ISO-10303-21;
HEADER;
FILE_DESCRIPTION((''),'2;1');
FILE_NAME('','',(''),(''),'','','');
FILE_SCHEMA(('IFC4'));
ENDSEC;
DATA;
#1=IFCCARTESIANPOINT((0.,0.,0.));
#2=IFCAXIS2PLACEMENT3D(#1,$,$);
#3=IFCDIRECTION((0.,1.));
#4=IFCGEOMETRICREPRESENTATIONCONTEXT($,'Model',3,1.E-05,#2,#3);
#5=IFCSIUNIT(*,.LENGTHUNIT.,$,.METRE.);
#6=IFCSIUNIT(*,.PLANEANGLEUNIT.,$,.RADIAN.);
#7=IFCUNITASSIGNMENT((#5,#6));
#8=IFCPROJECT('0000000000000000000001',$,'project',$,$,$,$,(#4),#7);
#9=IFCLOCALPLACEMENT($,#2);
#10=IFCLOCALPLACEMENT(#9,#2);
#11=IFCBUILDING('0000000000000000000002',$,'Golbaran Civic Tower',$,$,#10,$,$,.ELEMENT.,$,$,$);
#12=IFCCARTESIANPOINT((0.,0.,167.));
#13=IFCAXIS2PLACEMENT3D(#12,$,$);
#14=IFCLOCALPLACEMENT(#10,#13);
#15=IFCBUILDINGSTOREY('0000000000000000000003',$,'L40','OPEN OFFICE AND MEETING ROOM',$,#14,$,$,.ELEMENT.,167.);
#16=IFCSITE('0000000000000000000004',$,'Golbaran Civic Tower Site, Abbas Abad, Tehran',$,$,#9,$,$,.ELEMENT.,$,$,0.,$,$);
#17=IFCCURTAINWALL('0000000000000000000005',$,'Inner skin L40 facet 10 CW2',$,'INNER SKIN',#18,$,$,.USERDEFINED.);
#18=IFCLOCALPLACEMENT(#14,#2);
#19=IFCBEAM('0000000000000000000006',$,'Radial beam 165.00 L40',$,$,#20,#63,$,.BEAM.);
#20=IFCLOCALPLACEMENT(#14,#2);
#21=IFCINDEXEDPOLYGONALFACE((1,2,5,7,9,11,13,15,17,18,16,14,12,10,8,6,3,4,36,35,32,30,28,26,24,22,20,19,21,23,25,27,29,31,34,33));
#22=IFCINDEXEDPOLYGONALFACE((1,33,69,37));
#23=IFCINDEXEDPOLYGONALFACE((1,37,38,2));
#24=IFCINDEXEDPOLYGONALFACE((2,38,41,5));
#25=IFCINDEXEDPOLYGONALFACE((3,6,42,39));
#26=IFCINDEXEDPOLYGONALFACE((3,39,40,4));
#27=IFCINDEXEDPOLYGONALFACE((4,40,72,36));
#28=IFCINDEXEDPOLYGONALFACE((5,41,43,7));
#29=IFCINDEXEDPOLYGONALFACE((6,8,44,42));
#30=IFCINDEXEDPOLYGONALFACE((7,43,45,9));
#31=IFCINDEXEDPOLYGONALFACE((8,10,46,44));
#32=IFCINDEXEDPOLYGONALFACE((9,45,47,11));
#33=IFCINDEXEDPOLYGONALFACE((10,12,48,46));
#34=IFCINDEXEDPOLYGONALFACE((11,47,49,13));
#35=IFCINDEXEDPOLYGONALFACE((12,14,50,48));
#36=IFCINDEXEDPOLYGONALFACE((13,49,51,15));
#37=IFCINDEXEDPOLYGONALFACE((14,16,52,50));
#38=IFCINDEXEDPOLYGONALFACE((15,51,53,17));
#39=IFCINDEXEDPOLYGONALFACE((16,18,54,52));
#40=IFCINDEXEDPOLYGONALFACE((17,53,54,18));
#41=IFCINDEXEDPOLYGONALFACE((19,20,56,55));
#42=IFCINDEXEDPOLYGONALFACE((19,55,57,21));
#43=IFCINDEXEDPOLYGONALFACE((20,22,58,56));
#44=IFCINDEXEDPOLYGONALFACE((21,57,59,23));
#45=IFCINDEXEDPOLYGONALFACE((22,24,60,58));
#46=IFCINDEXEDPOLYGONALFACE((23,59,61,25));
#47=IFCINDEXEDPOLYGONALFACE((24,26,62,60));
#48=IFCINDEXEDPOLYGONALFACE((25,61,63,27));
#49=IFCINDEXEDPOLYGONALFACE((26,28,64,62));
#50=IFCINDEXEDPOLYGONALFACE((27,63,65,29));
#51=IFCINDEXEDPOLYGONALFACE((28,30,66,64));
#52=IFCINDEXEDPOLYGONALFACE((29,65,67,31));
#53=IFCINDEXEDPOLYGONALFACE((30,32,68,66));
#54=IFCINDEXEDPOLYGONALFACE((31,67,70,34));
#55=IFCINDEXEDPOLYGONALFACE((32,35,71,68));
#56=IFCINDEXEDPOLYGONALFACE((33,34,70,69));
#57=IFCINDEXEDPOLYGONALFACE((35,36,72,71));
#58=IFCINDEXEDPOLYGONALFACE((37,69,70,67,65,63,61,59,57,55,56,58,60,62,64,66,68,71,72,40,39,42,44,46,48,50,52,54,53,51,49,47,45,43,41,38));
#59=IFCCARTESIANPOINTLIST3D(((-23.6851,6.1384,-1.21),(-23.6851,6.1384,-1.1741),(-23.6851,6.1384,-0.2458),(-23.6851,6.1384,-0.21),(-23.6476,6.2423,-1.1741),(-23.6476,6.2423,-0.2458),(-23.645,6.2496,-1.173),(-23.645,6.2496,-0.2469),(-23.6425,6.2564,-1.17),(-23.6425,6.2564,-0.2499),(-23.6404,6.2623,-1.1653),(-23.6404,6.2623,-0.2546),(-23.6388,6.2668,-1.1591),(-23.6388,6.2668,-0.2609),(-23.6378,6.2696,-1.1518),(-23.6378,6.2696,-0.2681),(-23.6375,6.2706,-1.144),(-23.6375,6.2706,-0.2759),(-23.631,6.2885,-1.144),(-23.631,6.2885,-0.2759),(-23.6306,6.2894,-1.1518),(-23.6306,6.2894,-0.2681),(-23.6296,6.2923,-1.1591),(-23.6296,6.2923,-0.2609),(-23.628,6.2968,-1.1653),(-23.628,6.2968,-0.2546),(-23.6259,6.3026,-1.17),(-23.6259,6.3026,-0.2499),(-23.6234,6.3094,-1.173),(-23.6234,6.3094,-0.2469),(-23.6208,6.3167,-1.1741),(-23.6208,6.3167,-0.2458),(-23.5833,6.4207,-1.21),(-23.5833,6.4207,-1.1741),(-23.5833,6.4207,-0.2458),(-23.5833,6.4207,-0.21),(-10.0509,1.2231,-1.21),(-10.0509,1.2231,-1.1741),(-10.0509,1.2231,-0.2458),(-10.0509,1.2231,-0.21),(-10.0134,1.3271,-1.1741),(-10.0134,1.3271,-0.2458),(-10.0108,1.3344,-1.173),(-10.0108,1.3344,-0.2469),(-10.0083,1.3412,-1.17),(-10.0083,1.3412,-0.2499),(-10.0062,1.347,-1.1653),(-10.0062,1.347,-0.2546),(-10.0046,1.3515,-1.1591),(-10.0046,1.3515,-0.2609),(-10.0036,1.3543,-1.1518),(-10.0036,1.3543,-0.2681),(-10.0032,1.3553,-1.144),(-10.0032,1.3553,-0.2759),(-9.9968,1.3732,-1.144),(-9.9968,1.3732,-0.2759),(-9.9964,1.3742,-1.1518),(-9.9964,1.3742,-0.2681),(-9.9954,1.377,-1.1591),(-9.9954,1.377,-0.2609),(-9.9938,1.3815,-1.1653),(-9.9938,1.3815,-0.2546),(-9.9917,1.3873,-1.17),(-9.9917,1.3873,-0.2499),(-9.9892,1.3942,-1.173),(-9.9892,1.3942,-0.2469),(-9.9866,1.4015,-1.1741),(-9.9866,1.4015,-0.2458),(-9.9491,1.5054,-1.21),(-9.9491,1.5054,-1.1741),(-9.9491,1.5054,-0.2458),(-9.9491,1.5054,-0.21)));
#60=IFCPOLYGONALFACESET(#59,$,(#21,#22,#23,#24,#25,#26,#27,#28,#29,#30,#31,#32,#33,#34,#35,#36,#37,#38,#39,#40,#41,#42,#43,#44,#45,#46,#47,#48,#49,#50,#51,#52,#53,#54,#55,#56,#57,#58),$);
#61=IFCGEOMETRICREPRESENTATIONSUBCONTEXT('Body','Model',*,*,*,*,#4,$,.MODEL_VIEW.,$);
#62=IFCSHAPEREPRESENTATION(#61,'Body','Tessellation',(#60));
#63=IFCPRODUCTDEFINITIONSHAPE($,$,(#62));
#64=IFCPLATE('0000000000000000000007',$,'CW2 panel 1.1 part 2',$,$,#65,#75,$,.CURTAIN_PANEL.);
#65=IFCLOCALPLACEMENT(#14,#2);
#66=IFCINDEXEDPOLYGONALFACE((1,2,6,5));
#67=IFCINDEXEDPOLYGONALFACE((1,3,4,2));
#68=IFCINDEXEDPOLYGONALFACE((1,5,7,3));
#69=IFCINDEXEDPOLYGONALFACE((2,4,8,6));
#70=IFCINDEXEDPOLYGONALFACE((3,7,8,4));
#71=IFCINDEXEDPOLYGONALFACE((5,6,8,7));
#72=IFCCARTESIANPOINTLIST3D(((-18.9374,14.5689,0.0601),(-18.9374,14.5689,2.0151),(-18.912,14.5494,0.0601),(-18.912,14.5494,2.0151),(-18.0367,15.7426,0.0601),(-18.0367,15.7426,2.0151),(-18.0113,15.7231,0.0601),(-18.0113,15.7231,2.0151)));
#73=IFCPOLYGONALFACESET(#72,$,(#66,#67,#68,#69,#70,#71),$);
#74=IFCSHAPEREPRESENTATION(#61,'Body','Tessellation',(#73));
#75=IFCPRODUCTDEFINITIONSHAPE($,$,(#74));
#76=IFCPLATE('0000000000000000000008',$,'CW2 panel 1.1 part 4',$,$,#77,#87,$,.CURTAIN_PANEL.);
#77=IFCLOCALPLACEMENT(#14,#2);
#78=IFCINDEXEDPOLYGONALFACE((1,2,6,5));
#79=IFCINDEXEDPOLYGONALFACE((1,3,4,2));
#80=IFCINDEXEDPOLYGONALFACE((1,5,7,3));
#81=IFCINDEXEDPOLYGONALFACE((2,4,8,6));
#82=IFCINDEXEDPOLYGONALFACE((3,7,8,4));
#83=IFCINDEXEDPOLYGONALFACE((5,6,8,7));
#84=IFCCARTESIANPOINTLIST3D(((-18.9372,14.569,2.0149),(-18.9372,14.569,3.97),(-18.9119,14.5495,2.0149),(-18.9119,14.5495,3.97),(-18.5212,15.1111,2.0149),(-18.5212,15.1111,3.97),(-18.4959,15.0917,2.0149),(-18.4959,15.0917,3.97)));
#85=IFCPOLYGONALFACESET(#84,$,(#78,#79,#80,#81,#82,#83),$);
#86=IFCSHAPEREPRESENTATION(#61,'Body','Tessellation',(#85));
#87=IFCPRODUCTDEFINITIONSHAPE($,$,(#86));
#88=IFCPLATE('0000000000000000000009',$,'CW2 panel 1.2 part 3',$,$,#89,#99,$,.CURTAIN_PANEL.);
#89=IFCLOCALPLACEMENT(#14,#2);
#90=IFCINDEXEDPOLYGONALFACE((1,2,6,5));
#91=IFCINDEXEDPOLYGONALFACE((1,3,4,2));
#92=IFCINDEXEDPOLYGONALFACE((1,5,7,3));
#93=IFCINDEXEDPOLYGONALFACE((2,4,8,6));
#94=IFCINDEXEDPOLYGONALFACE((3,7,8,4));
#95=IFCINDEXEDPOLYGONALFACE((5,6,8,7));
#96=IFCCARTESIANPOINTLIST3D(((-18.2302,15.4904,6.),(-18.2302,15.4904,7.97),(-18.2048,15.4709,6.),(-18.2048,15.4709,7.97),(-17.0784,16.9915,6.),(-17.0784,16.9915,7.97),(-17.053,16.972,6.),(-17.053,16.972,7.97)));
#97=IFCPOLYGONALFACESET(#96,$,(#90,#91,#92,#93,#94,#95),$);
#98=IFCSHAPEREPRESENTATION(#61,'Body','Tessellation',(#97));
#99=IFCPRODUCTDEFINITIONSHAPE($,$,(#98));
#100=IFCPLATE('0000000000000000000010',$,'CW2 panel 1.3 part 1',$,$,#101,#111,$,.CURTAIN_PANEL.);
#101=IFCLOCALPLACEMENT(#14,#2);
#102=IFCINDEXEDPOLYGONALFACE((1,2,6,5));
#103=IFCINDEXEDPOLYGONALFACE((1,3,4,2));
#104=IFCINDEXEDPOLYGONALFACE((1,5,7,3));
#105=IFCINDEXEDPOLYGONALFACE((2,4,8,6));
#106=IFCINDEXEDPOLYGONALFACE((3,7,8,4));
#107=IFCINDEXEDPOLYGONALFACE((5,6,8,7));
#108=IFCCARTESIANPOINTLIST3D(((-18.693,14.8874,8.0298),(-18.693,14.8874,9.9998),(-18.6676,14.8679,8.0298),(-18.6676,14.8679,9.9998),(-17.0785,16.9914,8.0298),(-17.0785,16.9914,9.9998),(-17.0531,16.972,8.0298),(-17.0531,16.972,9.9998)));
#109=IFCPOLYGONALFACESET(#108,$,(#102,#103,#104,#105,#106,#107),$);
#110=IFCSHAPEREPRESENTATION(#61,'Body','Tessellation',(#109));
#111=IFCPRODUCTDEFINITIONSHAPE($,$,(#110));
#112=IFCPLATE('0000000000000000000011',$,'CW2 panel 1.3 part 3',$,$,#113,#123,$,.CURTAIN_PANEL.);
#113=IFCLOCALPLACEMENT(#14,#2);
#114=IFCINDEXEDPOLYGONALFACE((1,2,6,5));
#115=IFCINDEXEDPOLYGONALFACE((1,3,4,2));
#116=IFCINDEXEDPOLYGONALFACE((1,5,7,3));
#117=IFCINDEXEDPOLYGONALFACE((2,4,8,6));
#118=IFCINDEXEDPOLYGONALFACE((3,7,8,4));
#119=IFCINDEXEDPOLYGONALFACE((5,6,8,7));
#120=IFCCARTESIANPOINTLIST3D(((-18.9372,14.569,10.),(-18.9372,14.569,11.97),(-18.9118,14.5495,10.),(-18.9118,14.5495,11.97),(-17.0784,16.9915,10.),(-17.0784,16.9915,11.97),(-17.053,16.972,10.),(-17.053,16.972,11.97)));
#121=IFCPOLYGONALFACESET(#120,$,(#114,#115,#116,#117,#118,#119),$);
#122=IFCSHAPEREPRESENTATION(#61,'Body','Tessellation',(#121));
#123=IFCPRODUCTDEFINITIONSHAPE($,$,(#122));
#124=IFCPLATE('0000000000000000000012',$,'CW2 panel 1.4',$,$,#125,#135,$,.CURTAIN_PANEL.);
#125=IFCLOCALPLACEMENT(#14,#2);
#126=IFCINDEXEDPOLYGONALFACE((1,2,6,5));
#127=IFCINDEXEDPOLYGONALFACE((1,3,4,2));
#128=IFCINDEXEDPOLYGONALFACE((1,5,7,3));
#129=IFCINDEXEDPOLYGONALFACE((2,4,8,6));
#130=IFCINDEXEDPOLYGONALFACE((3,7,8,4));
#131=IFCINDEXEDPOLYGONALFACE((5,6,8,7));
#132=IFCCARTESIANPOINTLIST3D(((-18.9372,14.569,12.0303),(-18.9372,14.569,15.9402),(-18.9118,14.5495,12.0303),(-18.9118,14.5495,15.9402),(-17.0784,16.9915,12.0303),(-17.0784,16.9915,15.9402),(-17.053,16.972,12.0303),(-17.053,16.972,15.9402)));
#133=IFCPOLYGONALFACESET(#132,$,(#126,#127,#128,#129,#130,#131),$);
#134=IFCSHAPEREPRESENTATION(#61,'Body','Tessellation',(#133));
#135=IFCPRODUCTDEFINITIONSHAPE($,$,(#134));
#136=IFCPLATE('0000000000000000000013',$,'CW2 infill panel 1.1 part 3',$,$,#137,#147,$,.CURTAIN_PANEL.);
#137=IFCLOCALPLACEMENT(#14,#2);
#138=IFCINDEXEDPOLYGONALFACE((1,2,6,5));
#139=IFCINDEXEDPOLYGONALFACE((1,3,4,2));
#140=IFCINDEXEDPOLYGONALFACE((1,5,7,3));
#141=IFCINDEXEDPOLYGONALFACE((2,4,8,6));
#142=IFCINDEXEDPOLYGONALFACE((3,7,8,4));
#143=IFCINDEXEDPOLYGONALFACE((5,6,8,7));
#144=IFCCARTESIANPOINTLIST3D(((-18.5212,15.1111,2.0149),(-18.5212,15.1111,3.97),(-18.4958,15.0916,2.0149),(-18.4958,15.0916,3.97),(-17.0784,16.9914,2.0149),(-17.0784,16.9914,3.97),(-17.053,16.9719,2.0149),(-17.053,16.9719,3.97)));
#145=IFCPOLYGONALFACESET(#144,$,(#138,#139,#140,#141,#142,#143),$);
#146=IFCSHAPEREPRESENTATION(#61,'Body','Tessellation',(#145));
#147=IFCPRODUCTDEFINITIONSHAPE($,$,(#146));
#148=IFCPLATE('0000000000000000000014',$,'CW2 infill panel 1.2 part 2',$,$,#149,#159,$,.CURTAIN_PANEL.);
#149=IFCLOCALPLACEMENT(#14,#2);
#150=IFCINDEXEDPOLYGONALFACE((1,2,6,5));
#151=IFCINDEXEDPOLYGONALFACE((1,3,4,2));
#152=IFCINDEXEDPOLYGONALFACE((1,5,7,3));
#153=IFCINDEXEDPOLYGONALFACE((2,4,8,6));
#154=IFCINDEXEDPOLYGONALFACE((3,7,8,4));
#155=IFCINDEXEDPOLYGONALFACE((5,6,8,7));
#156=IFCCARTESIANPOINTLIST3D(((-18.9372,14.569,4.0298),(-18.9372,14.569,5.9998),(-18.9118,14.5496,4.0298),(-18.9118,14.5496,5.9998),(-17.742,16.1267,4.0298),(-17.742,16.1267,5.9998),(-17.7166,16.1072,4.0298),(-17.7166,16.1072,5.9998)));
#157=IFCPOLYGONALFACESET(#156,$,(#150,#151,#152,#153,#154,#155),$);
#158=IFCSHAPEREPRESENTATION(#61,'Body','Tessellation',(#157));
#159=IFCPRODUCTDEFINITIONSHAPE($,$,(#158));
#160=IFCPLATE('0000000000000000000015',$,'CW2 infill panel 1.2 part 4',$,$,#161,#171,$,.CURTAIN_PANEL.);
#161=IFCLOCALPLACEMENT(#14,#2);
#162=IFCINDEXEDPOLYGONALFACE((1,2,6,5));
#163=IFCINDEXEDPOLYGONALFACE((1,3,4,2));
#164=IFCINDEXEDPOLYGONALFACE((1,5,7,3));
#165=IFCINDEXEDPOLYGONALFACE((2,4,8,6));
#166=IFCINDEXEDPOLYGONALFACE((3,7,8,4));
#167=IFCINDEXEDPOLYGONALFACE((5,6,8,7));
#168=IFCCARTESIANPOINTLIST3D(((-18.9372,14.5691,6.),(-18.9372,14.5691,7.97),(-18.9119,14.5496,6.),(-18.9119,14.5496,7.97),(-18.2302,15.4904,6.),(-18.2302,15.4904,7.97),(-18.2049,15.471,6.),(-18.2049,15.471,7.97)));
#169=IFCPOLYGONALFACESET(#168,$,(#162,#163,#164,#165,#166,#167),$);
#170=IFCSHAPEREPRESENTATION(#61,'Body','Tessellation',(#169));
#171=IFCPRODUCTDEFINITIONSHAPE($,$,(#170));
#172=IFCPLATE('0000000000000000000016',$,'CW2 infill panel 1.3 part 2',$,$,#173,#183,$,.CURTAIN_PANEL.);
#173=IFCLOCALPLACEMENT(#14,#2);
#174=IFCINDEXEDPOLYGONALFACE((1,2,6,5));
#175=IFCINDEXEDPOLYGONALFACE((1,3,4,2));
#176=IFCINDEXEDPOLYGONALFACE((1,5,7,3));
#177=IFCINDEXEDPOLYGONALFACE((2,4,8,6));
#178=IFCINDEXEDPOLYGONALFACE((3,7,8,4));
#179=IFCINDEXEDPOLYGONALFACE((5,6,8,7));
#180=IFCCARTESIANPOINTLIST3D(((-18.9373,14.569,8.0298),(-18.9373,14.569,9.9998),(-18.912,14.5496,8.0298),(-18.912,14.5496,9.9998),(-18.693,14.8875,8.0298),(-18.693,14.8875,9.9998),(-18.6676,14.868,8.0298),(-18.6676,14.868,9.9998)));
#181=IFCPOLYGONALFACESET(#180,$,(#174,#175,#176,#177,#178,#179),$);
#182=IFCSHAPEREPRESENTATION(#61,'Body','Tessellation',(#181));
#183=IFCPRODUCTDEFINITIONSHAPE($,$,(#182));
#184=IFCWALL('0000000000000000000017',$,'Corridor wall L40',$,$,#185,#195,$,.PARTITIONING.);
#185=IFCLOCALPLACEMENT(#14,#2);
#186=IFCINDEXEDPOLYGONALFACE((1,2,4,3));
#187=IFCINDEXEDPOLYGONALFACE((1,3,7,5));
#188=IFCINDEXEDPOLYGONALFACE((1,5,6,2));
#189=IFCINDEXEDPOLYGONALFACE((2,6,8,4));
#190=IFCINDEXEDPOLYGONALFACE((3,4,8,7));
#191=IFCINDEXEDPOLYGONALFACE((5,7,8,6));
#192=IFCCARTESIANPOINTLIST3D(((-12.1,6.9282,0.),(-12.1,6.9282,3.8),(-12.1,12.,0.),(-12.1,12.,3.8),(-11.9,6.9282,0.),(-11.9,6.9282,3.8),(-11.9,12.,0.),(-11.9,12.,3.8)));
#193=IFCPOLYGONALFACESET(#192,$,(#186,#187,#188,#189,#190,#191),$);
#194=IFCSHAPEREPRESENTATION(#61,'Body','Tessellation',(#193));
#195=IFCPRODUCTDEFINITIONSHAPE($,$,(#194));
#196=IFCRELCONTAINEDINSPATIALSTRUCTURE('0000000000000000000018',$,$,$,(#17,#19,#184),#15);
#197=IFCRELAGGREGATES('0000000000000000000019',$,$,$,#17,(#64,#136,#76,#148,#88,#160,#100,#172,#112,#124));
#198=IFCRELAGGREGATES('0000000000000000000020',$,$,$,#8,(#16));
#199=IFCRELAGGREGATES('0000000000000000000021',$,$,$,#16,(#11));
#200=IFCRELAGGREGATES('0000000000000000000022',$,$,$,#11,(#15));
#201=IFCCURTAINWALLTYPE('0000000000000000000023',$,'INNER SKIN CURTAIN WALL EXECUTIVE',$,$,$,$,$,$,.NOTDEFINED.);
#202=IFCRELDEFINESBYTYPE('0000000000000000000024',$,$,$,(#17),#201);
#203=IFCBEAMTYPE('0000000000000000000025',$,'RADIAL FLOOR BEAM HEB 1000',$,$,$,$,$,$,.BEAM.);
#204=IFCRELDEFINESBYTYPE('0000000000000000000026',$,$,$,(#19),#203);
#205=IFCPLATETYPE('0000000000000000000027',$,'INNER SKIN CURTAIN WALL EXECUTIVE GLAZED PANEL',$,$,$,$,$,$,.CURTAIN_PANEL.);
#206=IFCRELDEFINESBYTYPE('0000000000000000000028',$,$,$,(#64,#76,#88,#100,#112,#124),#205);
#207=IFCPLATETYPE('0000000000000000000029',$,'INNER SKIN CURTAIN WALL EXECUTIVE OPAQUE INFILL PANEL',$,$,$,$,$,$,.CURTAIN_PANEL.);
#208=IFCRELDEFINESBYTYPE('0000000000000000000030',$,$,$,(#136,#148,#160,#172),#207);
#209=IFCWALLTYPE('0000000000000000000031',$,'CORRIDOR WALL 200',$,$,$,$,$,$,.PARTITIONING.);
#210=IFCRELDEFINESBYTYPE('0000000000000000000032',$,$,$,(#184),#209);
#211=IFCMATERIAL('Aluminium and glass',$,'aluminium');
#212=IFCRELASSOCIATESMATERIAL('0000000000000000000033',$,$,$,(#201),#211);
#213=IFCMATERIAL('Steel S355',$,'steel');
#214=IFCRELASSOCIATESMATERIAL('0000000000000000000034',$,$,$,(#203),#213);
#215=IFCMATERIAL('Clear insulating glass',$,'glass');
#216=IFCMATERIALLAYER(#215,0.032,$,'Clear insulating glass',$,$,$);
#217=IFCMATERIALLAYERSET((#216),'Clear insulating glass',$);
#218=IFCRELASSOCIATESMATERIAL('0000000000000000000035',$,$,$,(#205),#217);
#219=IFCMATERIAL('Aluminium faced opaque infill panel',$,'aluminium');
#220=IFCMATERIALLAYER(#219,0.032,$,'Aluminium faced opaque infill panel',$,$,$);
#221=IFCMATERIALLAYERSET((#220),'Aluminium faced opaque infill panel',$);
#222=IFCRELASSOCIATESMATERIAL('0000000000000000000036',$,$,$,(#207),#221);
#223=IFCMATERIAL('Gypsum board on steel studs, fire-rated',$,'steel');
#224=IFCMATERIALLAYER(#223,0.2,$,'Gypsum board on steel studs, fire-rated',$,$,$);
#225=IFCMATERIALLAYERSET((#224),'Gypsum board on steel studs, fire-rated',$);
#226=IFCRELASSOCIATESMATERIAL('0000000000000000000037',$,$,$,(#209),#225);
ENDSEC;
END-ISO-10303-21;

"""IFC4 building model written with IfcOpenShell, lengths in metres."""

from ifc_helpers import new_model, si_unit, direction, frame, frame_2d, origin, origin_2d, place, context, subcontext, project, spatial, rectangle, i_section, extrude, material, layer, layer_set, material_profile, profile_set, type_object, element, aggregate, save


model = new_model("IFC4")

# Units and contexts
model_context = context("Model", 3, precision=1e-05, world=origin(), true_north=direction((0.0, 1.0)))
body_context = subcontext(model_context, "Body", "Model", "MODEL_VIEW")
ifc_project = project(units=[si_unit("LENGTHUNIT", "METRE"), si_unit("PLANEANGLEUNIT", "RADIAN")], contexts=[model_context])

# Site, building, storey
site_placement = place(None, origin())
site = spatial("IfcSite", under=ifc_project, at=site_placement, Name="Golbaran Civic Tower Site, Abbas Abad, Tehran", CompositionType="ELEMENT", RefElevation=0.0)
building_placement = place(site_placement, origin())
building = spatial("IfcBuilding", under=site, at=building_placement, Name="Golbaran Civic Tower", CompositionType="ELEMENT")
storey_placement = place(building_placement, frame((0.0, 0.0, 167.0)))
storey = spatial("IfcBuildingStorey", under=building, at=storey_placement, Name="L40", Description="OPEN OFFICE AND MEETING ROOM", CompositionType="ELEMENT", Elevation=167.0)

# Shared definitions
ifc_material_1 = material(Name="Steel S355", Category="steel")

# Curtain wall
ifc_material_2 = material(Name="Aluminium and glass", Category="aluminium")
curtain_wall_type = type_object("IfcCurtainWallType", Name="INNER SKIN CURTAIN WALL EXECUTIVE", PredefinedType="NOTDEFINED", material=ifc_material_2)
curtain_wall_placement = place(storey_placement, origin())
curtain_wall = element("IfcCurtainWall", 1, at=curtain_wall_placement, inside=storey, type_object=curtain_wall_type, Name="Inner skin L40 facet 10 CW2", ObjectType="INNER SKIN", PredefinedType="USERDEFINED")

# Beam
ifc_material_profile_1 = material_profile(ifc_material_1, i_section(OverallWidth=0.3, OverallDepth=1.0, WebThickness=0.019, FlangeThickness=0.0359, FilletRadius=0.03, at=origin_2d()), Name="HEB 1000")
ifc_profile_set_1 = profile_set([ifc_material_profile_1], Name="Steel S355")
beam_type_1 = type_object("IfcBeamType", Name="RADIAL FLOOR BEAM HEB 1000", PredefinedType="BEAM", material=ifc_profile_set_1)
beam_1_placement = place(storey_placement, frame((-10.0, 1.3643, -0.71), z_axis=(-0.940735, 0.339144, 0.0), x_axis=(-0.339144, -0.940735, 0.0)))
element("IfcBeam", 2, at=beam_1_placement, inside=storey, type_object=beam_type_1, Name="Radial beam 165.00 L40", PredefinedType="BEAM", context=body_context, shape_type="SweptSolid", body=[
    extrude(i_section(OverallWidth=0.3, OverallDepth=1.0, WebThickness=0.019, FlangeThickness=0.0359, FilletRadius=0.03, at=origin_2d()), origin(), (0.0, 0.0, 1.0), 14.4932),
])

# Plates
ifc_material_3 = material(Name="Clear insulating glass", Category="glass")
ifc_layer_1 = layer(ifc_material_3, 0.032, Name="Clear insulating glass")
ifc_layer_set_1 = layer_set([ifc_layer_1], Name="Clear insulating glass")
plate_type_1 = type_object("IfcPlateType", Name="INNER SKIN CURTAIN WALL EXECUTIVE GLAZED PANEL", PredefinedType="CURTAIN_PANEL", material=ifc_layer_set_1)
plate_1_placement = place(storey_placement, frame((-18.4744, 15.146, 0.0601), z_axis=(0.0, 0.0, 1.0), x_axis=(-0.608761, -0.793353, 0.0)))
plate_1 = element("IfcPlate", 3, at=plate_1_placement, type_object=plate_type_1, Name="CW2 panel 1.1 part 2", PredefinedType="CURTAIN_PANEL", context=body_context, shape_type="SweptSolid", body=[
    extrude(rectangle(XDim=1.4795, YDim=0.032, at=origin_2d()), origin(), (0.0, 0.0, 1.0), 1.9551),
])
plate_2_placement = place(storey_placement, frame((-18.7166, 14.8303, 2.0149), z_axis=(0.0, 0.0, 1.0), x_axis=(-0.608761, -0.793353, 0.0)))
plate_2 = element("IfcPlate", 4, at=plate_2_placement, type_object=plate_type_1, Name="CW2 panel 1.1 part 4", PredefinedType="CURTAIN_PANEL", context=body_context, shape_type="SweptSolid", body=[
    extrude(rectangle(XDim=0.6833, YDim=0.032, at=origin_2d()), origin(), (0.0, 0.0, 1.0), 1.9551),
])
plate_3_placement = place(storey_placement, frame((-17.6416, 16.2312, 6.0), z_axis=(0.0, 0.0, 1.0), x_axis=(-0.608761, -0.793353, 0.0)))
plate_3 = element("IfcPlate", 5, at=plate_3_placement, type_object=plate_type_1, Name="CW2 panel 1.2 part 3", PredefinedType="CURTAIN_PANEL", context=body_context, shape_type="SweptSolid", body=[
    extrude(rectangle(XDim=1.8921, YDim=0.032, at=origin_2d()), origin(), (0.0, 0.0, 1.0), 1.97),
])
plate_4_placement = place(storey_placement, frame((-17.873, 15.9297, 8.0298), z_axis=(0.0, 0.0, 1.0), x_axis=(-0.608761, -0.793353, 0.0)))
plate_4 = element("IfcPlate", 6, at=plate_4_placement, type_object=plate_type_1, Name="CW2 panel 1.3 part 1", PredefinedType="CURTAIN_PANEL", context=body_context, shape_type="SweptSolid", body=[
    extrude(rectangle(XDim=2.6521, YDim=0.032, at=origin_2d()), origin(), (0.0, 0.0, 1.0), 1.97),
])
plate_5_placement = place(storey_placement, frame((-17.9951, 15.7705, 10.0), z_axis=(0.0, 0.0, 1.0), x_axis=(-0.608761, -0.793353, 0.0)))
plate_5 = element("IfcPlate", 7, at=plate_5_placement, type_object=plate_type_1, Name="CW2 panel 1.3 part 3", PredefinedType="CURTAIN_PANEL", context=body_context, shape_type="SweptSolid", body=[
    extrude(rectangle(XDim=3.0535, YDim=0.032, at=origin_2d()), origin(), (0.0, 0.0, 1.0), 1.97),
])
plate_6_placement = place(storey_placement, frame((-17.9951, 15.7705, 12.0303), z_axis=(0.0, 0.0, 1.0), x_axis=(-0.608761, -0.793353, 0.0)))
plate_6 = element("IfcPlate", 8, at=plate_6_placement, type_object=plate_type_1, Name="CW2 panel 1.4", PredefinedType="CURTAIN_PANEL", context=body_context, shape_type="SweptSolid", body=[
    extrude(rectangle(XDim=3.0535, YDim=0.032, at=origin_2d()), origin(), (0.0, 0.0, 1.0), 3.9099),
])
ifc_material_4 = material(Name="Aluminium faced opaque infill panel", Category="aluminium")
ifc_layer_2 = layer(ifc_material_4, 0.032, Name="Aluminium faced opaque infill panel")
ifc_layer_set_2 = layer_set([ifc_layer_2], Name="Aluminium faced opaque infill panel")
plate_type_2 = type_object("IfcPlateType", Name="INNER SKIN CURTAIN WALL EXECUTIVE OPAQUE INFILL PANEL", PredefinedType="CURTAIN_PANEL", material=ifc_layer_set_2)
plate_7_placement = place(storey_placement, frame((-17.7871, 16.0415, 2.0149), z_axis=(0.0, 0.0, 1.0), x_axis=(-0.608761, -0.793353, 0.0)))
plate_7 = element("IfcPlate", 9, at=plate_7_placement, type_object=plate_type_2, Name="CW2 infill panel 1.1 part 3", PredefinedType="CURTAIN_PANEL", context=body_context, shape_type="SweptSolid", body=[
    extrude(rectangle(XDim=2.3701, YDim=0.032, at=origin_2d()), origin(), (0.0, 0.0, 1.0), 1.9551),
])
plate_8_placement = place(storey_placement, frame((-18.3269, 15.3381, 4.0298), z_axis=(0.0, 0.0, 1.0), x_axis=(-0.608761, -0.793353, 0.0)))
plate_8 = element("IfcPlate", 10, at=plate_8_placement, type_object=plate_type_2, Name="CW2 infill panel 1.2 part 2", PredefinedType="CURTAIN_PANEL", context=body_context, shape_type="SweptSolid", body=[
    extrude(rectangle(XDim=1.9634, YDim=0.032, at=origin_2d()), origin(), (0.0, 0.0, 1.0), 1.97),
])
plate_9_placement = place(storey_placement, frame((-18.571, 15.02, 6.0), z_axis=(0.0, 0.0, 1.0), x_axis=(-0.608761, -0.793353, 0.0)))
plate_9 = element("IfcPlate", 11, at=plate_9_placement, type_object=plate_type_2, Name="CW2 infill panel 1.2 part 4", PredefinedType="CURTAIN_PANEL", context=body_context, shape_type="SweptSolid", body=[
    extrude(rectangle(XDim=1.1614, YDim=0.032, at=origin_2d()), origin(), (0.0, 0.0, 1.0), 1.97),
])
plate_10_placement = place(storey_placement, frame((-18.8025, 14.7185, 8.0298), z_axis=(0.0, 0.0, 1.0), x_axis=(-0.608761, -0.793353, 0.0)))
plate_10 = element("IfcPlate", 12, at=plate_10_placement, type_object=plate_type_2, Name="CW2 infill panel 1.3 part 2", PredefinedType="CURTAIN_PANEL", context=body_context, shape_type="SweptSolid", body=[
    extrude(rectangle(XDim=0.4014, YDim=0.032, at=origin_2d()), origin(), (0.0, 0.0, 1.0), 1.97),
])
aggregate(curtain_wall, [plate_1, plate_7, plate_2, plate_8, plate_3, plate_9, plate_4, plate_10, plate_5, plate_6])

# Wall
ifc_material_5 = material(Name="Gypsum board on steel studs, fire-rated", Category="steel")
ifc_layer_3 = layer(ifc_material_5, 0.2, Name="Gypsum board on steel studs, fire-rated")
ifc_layer_set_3 = layer_set([ifc_layer_3], Name="Gypsum board on steel studs, fire-rated")
wall_type_1 = type_object("IfcWallType", Name="CORRIDOR WALL 200", PredefinedType="PARTITIONING", material=ifc_layer_set_3)
wall_1_placement = place(storey_placement, frame((-12.0, 12.0, 0.0), z_axis=(0.0, 0.0, 1.0), x_axis=(0.0, -1.0, 0.0)))
element("IfcWall", 13, at=wall_1_placement, inside=storey, type_object=wall_type_1, Name="Corridor wall L40", PredefinedType="PARTITIONING", context=body_context, shape_type="SweptSolid", body=[
    extrude(rectangle(XDim=5.0718, YDim=0.2, at=frame_2d((2.5359, 0.0))), origin(), (0.0, 0.0, 1.0), 3.8),
])

save(model, "model.ifc")
